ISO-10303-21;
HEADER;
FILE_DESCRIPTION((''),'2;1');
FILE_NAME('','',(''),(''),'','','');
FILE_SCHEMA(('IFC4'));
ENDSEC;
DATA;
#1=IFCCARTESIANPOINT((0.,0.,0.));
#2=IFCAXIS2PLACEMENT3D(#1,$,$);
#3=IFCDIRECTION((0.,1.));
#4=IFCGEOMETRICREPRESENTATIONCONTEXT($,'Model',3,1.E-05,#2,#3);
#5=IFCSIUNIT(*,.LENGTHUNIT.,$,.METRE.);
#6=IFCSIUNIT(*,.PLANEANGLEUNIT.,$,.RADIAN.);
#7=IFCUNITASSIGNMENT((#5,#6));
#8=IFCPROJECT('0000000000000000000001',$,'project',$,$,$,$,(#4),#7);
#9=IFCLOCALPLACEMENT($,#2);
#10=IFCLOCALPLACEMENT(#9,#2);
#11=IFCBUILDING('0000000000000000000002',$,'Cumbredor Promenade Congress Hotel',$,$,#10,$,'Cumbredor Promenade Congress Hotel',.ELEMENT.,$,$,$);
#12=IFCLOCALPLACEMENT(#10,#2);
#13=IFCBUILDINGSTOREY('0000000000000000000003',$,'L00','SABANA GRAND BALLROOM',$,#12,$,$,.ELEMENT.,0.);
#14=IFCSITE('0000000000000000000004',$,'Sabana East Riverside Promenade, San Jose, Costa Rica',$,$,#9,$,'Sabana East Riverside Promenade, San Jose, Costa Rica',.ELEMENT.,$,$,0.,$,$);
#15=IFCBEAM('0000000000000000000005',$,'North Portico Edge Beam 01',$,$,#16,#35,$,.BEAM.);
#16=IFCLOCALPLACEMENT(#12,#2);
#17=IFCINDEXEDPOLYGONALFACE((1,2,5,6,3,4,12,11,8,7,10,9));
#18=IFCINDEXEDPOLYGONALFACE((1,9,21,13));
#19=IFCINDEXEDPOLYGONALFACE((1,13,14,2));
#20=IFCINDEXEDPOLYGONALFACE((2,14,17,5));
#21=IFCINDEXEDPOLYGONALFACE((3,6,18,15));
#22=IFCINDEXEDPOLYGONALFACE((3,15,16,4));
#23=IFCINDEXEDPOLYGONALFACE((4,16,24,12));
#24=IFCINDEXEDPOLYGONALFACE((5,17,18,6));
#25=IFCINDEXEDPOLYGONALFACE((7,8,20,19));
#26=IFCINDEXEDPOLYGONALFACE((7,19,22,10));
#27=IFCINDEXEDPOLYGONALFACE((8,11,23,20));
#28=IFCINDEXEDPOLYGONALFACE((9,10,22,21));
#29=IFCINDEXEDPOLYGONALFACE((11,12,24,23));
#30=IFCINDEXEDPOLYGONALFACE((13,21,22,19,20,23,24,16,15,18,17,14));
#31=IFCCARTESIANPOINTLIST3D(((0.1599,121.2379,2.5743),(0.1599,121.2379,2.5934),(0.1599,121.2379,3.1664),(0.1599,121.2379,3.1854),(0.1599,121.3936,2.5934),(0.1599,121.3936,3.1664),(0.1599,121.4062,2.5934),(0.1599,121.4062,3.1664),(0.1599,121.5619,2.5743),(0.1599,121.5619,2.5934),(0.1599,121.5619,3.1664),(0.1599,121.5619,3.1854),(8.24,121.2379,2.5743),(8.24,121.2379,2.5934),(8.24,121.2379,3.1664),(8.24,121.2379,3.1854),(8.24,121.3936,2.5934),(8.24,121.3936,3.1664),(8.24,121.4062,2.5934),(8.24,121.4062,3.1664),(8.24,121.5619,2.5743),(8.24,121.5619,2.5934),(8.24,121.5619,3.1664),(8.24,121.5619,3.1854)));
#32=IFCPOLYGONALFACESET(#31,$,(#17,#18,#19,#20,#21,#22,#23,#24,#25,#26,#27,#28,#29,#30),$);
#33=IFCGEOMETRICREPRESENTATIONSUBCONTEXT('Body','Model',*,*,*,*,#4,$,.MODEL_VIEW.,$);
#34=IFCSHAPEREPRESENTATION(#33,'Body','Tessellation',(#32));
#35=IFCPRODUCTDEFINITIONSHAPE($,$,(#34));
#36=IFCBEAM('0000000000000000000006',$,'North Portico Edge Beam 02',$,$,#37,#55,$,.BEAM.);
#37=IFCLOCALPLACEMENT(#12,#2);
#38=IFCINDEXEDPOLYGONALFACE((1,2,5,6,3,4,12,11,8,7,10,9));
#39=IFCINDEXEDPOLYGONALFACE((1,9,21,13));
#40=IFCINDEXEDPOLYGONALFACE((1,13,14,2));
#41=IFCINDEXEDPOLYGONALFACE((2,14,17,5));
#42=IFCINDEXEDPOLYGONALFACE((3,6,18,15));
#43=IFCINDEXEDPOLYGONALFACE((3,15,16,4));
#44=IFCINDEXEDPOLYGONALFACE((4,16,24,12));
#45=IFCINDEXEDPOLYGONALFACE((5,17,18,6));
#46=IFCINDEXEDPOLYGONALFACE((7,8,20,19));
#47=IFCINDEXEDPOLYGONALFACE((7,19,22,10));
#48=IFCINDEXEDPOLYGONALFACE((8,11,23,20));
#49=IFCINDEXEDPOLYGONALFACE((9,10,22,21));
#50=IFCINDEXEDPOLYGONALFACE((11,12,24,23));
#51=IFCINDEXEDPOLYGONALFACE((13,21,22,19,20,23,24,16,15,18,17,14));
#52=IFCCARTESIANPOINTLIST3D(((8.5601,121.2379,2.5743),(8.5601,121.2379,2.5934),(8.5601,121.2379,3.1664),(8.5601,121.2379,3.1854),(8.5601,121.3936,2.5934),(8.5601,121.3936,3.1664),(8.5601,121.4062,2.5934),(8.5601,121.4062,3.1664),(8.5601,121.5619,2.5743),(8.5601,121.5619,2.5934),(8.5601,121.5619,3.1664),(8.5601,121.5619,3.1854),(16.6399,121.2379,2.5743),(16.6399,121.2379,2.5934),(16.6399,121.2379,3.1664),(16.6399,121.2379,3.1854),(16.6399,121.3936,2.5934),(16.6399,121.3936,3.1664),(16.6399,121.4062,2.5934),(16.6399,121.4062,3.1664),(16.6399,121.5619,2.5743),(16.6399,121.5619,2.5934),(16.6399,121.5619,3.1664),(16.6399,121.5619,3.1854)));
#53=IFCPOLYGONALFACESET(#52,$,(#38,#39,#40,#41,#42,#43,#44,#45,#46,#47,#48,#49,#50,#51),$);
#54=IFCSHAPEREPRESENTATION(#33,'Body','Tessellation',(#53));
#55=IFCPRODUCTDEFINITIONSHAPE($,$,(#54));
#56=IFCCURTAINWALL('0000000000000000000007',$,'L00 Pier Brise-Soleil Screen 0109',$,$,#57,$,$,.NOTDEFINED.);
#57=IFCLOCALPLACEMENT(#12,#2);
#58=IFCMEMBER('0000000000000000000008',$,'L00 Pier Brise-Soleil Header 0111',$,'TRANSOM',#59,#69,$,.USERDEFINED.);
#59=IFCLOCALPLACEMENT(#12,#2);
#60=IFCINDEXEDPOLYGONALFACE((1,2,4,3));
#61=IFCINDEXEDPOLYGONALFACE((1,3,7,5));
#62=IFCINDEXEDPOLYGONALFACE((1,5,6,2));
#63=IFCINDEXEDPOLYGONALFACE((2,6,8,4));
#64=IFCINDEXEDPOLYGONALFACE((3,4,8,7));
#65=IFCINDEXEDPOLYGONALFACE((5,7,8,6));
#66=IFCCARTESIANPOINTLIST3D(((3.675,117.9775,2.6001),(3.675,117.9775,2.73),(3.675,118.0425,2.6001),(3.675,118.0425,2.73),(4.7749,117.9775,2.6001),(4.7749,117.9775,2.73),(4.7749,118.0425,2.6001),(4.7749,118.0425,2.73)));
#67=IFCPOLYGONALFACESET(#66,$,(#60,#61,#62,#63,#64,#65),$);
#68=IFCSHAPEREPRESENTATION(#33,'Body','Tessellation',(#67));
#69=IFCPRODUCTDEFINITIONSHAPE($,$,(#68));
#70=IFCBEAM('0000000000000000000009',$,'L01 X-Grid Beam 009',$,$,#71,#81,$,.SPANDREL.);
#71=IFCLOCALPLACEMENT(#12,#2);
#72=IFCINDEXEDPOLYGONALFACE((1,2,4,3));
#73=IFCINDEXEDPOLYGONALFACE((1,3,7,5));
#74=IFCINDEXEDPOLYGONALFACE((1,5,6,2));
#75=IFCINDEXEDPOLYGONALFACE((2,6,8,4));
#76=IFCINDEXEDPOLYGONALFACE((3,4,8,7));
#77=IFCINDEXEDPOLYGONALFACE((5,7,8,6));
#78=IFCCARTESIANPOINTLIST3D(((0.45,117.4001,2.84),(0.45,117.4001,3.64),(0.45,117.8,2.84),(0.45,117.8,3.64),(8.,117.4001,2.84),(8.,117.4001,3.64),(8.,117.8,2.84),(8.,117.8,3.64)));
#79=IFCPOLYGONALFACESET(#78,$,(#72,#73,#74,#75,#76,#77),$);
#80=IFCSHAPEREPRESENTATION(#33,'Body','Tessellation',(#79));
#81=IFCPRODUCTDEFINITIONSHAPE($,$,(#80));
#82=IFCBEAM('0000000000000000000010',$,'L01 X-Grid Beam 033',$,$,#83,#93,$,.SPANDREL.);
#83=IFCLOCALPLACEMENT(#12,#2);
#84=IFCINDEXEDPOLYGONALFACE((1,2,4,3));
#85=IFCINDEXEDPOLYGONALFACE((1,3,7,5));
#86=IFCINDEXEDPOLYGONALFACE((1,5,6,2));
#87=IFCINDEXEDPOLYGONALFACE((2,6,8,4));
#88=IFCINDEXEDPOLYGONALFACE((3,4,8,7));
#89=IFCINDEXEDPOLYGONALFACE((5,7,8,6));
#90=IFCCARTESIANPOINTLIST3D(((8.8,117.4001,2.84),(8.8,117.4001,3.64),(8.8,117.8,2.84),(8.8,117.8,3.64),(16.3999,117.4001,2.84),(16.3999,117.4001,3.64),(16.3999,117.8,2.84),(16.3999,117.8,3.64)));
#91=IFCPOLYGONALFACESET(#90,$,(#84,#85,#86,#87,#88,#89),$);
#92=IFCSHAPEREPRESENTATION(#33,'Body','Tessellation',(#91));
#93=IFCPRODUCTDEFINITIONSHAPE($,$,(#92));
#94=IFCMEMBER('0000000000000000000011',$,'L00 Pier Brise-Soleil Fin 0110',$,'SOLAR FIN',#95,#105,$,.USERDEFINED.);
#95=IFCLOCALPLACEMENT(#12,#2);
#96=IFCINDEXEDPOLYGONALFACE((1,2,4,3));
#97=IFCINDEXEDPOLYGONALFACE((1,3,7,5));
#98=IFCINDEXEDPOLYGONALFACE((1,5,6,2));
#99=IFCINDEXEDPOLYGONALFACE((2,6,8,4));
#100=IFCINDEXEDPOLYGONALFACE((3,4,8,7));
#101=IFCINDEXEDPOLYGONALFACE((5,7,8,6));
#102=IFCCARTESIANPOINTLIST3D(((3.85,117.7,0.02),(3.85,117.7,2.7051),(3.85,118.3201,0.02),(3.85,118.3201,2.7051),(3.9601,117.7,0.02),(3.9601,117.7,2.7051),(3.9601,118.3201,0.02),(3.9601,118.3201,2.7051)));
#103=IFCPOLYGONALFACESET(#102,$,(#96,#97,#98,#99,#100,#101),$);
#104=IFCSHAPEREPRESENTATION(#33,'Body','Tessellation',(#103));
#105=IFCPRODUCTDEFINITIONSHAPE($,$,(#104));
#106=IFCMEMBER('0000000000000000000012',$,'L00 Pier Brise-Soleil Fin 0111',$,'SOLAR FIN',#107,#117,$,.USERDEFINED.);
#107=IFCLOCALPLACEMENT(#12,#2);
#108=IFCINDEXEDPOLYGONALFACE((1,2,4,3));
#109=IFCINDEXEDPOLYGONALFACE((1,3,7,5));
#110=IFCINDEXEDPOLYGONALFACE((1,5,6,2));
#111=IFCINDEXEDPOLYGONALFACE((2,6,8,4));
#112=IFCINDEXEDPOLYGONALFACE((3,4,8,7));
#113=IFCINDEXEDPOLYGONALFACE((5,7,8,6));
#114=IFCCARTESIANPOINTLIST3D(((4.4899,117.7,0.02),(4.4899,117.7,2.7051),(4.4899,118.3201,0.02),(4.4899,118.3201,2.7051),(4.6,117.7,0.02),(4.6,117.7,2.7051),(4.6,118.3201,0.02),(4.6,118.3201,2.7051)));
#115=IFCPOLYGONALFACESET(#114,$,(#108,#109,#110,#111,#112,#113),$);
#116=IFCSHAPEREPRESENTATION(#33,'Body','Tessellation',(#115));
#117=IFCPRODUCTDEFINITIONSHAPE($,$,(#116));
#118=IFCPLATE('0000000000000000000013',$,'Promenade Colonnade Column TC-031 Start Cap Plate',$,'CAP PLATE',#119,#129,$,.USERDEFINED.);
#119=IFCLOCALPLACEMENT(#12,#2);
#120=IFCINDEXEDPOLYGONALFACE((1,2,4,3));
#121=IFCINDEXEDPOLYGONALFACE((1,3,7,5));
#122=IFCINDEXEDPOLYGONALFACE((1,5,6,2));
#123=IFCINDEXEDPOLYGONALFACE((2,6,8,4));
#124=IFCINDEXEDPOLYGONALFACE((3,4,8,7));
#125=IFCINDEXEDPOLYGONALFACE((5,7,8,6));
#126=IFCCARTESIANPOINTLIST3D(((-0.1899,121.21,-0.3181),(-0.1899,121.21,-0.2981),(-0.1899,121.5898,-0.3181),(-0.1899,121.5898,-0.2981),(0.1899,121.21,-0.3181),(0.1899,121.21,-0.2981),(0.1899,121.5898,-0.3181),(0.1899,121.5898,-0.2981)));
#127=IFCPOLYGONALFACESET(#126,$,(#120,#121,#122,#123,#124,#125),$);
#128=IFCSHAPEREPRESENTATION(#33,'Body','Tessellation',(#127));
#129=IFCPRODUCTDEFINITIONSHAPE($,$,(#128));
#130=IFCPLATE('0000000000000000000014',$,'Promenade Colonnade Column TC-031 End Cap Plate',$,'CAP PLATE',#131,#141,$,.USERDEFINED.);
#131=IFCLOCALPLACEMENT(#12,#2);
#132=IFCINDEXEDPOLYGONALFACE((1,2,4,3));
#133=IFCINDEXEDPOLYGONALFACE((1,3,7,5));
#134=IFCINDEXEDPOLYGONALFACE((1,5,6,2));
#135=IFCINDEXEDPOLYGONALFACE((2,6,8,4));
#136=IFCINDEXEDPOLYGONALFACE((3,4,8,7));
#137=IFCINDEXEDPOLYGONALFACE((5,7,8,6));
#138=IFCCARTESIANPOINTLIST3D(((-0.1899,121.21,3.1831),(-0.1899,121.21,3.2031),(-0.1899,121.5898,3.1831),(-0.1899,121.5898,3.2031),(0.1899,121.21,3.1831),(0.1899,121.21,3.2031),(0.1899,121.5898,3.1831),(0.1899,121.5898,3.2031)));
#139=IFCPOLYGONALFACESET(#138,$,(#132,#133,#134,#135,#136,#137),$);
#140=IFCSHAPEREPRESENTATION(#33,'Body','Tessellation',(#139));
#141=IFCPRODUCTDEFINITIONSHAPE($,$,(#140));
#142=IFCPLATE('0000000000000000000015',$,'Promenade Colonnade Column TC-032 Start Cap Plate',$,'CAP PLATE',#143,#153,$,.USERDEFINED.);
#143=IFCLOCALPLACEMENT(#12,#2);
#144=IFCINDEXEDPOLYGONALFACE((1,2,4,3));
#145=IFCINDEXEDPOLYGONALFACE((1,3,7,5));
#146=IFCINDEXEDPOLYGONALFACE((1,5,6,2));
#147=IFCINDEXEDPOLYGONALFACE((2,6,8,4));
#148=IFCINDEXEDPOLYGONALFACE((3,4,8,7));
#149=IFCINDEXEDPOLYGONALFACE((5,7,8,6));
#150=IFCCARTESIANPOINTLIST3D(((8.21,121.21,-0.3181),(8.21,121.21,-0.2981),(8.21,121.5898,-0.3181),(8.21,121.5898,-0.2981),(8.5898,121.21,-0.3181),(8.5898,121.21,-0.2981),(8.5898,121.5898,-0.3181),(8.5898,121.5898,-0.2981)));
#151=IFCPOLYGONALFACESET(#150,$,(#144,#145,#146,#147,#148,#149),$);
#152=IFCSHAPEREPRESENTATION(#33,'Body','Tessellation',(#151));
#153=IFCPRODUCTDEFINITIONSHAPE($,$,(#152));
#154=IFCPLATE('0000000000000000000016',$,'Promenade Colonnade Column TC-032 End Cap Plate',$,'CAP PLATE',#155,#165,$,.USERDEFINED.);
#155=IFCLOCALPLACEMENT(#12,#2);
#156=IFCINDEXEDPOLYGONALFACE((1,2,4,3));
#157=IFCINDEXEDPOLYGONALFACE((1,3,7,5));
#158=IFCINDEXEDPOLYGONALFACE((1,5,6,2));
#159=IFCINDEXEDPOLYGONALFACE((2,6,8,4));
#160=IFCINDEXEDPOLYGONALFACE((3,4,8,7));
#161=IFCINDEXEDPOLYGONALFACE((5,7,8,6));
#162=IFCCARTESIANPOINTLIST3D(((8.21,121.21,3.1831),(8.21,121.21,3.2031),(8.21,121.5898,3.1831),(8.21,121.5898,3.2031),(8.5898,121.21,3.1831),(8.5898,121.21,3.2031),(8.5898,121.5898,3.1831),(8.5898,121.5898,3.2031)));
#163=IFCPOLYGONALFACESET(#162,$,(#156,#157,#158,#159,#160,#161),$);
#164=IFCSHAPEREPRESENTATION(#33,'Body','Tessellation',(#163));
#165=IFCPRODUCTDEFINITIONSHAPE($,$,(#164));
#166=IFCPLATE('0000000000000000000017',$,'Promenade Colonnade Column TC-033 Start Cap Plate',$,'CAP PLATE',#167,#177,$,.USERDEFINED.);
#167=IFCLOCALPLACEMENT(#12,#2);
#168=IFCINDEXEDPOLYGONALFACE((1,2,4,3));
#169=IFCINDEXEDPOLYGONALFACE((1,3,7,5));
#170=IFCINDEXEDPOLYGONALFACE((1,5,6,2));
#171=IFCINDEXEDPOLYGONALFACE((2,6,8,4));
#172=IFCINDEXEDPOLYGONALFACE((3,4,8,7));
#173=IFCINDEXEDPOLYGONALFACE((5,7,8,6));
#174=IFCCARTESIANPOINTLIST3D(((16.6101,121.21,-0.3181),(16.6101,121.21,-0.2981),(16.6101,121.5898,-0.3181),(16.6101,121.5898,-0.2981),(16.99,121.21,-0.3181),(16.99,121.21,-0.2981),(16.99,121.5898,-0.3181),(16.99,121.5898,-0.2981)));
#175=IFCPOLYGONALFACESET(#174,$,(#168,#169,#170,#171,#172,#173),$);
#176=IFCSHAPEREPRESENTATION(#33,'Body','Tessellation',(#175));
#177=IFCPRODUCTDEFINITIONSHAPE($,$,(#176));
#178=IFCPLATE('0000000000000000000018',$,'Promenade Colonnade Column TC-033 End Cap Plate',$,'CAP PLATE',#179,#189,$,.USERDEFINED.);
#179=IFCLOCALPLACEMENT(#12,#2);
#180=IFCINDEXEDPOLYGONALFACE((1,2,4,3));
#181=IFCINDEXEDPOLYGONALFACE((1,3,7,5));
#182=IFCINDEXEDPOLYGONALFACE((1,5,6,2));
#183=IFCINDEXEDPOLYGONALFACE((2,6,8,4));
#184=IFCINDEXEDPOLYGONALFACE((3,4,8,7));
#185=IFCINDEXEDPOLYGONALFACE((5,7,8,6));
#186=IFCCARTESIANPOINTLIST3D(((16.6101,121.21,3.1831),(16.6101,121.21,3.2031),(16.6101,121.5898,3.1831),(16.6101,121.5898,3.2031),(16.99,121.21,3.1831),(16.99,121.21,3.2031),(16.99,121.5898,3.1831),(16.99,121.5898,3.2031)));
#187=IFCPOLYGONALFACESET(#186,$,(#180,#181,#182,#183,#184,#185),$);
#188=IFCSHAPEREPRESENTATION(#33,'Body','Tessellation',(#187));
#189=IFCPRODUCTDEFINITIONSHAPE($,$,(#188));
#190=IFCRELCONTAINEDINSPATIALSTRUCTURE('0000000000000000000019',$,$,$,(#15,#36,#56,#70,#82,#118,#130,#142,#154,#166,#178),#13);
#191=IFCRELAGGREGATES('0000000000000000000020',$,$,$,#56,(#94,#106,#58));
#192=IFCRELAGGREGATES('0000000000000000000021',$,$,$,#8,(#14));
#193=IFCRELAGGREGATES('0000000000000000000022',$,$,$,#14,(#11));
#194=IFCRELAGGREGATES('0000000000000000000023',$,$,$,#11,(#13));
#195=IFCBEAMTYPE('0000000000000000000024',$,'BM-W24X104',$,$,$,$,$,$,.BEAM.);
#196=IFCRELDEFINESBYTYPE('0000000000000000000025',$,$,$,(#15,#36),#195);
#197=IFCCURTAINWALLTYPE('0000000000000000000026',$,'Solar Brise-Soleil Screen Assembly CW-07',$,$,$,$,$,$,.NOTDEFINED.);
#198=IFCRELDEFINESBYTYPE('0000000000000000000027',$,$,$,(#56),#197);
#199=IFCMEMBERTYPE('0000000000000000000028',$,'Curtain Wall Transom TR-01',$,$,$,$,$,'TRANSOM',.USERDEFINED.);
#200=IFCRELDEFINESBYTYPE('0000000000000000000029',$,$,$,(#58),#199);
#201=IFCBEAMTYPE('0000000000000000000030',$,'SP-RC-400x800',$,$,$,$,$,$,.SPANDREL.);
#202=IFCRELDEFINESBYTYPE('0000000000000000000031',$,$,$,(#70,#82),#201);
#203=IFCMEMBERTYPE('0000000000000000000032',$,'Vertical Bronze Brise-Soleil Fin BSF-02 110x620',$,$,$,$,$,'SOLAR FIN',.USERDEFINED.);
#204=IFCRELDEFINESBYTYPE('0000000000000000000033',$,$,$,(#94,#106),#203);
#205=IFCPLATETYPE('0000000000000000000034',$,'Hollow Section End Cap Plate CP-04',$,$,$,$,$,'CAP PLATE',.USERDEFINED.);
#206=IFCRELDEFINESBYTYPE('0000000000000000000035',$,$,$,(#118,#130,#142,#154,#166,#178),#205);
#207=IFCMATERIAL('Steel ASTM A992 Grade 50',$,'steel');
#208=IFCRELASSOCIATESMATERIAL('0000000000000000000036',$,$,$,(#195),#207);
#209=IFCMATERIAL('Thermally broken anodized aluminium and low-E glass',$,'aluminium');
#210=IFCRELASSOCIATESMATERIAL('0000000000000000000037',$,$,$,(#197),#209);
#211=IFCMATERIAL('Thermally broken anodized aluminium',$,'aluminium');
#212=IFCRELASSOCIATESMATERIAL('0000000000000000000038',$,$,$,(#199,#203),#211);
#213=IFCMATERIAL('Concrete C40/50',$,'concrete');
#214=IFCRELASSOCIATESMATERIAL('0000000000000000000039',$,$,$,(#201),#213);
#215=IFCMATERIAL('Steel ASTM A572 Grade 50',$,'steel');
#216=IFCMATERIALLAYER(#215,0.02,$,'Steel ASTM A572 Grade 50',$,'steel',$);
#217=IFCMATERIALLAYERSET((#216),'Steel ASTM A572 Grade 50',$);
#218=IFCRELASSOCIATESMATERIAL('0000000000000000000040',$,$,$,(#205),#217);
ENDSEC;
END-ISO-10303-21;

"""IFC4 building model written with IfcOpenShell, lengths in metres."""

from ifc_helpers import new_model, si_unit, direction, frame, origin, origin_2d, place, context, subcontext, project, spatial, rectangle, i_section, extrude, material, layer, layer_set, material_profile, profile_set, type_object, element, aggregate, save


model = new_model("IFC4")

# Units and contexts
model_context = context("Model", 3, precision=1e-05, world=origin(), true_north=direction((0.0, 1.0)))
body_context = subcontext(model_context, "Body", "Model", "MODEL_VIEW")
ifc_project = project(units=[si_unit("LENGTHUNIT", "METRE"), si_unit("PLANEANGLEUNIT", "RADIAN")], contexts=[model_context])

# Site, building, storey
site_placement = place(None, origin())
site = spatial("IfcSite", under=ifc_project, at=site_placement, Name="Sabana East Riverside Promenade, San Jose, Costa Rica", LongName="Sabana East Riverside Promenade, San Jose, Costa Rica", CompositionType="ELEMENT", RefElevation=0.0)
building_placement = place(site_placement, origin())
building = spatial("IfcBuilding", under=site, at=building_placement, Name="Cumbredor Promenade Congress Hotel", LongName="Cumbredor Promenade Congress Hotel", CompositionType="ELEMENT")
storey_placement = place(building_placement, origin())
storey = spatial("IfcBuildingStorey", under=building, at=storey_placement, Name="L00", Description="SABANA GRAND BALLROOM", CompositionType="ELEMENT", Elevation=0.0)

# Beams
ifc_material_1 = material(Name="Steel ASTM A992 Grade 50", Category="steel")
ifc_material_profile_1 = material_profile(ifc_material_1, i_section(OverallWidth=0.324, OverallDepth=0.6111, WebThickness=0.0127, FlangeThickness=0.019, at=origin_2d()), Name="W24X104")
ifc_profile_set_1 = profile_set([ifc_material_profile_1], Name="Steel ASTM A992 Grade 50")
beam_type_1 = type_object("IfcBeamType", Name="BM-W24X104", PredefinedType="BEAM", material=ifc_profile_set_1)
beam_1_placement = place(storey_placement, frame((0.1599, 121.3999, 2.8799), z_axis=(1.0, 0.0, 0.0), x_axis=(0.0, 1.0, 0.0)))
element("IfcBeam", 1, at=beam_1_placement, inside=storey, type_object=beam_type_1, Name="North Portico Edge Beam 01", PredefinedType="BEAM", context=body_context, shape_type="SweptSolid", body=[
    extrude(i_section(OverallWidth=0.324, OverallDepth=0.6111, WebThickness=0.0127, FlangeThickness=0.019, at=origin_2d()), origin(), (0.0, 0.0, 1.0), 8.0801),
])
beam_2_placement = place(storey_placement, frame((8.5601, 121.3999, 2.8799), z_axis=(1.0, 0.0, 0.0), x_axis=(0.0, 1.0, 0.0)))
element("IfcBeam", 2, at=beam_2_placement, inside=storey, type_object=beam_type_1, Name="North Portico Edge Beam 02", PredefinedType="BEAM", context=body_context, shape_type="SweptSolid", body=[
    extrude(i_section(OverallWidth=0.324, OverallDepth=0.6111, WebThickness=0.0127, FlangeThickness=0.019, at=origin_2d()), origin(), (0.0, 0.0, 1.0), 8.0798),
])

# Curtain wall, member
ifc_material_2 = material(Name="Thermally broken anodized aluminium and low-E glass", Category="aluminium")
curtain_wall_type = type_object("IfcCurtainWallType", Name="Solar Brise-Soleil Screen Assembly CW-07", PredefinedType="NOTDEFINED", material=ifc_material_2)
curtain_wall_placement = place(storey_placement, origin())
curtain_wall = element("IfcCurtainWall", 3, at=curtain_wall_placement, inside=storey, type_object=curtain_wall_type, Name="L00 Pier Brise-Soleil Screen 0109", PredefinedType="NOTDEFINED")
ifc_material_3 = material(Name="Thermally broken anodized aluminium", Category="aluminium")
ifc_material_profile_2 = material_profile(ifc_material_3, rectangle(XDim=0.0649, YDim=0.1299, at=origin_2d()), Name="ALU TRANSOM 65x130")
ifc_profile_set_2 = profile_set([ifc_material_profile_2], Name="Thermally broken anodized aluminium")
member_type_1 = type_object("IfcMemberType", Name="Curtain Wall Transom TR-01", ElementType="TRANSOM", PredefinedType="USERDEFINED", material=ifc_profile_set_2)
member_1_placement = place(storey_placement, frame((3.675, 118.01, 2.665), z_axis=(1.0, 0.0, 0.0), x_axis=(0.0, 1.0, 0.0)))
member_1 = element("IfcMember", 4, at=member_1_placement, type_object=member_type_1, Name="L00 Pier Brise-Soleil Header 0111", ObjectType="TRANSOM", PredefinedType="USERDEFINED", context=body_context, shape_type="SweptSolid", body=[
    extrude(rectangle(XDim=0.0649, YDim=0.1299, at=origin_2d()), origin(), (0.0, 0.0, 1.0), 1.0999),
])

# Beams
ifc_material_4 = material(Name="Concrete C40/50", Category="concrete")
ifc_material_profile_3 = material_profile(ifc_material_4, rectangle(XDim=0.3999, YDim=0.8, at=origin_2d()), Name="RC SPANDREL 400x800")
ifc_profile_set_3 = profile_set([ifc_material_profile_3], Name="Concrete C40/50")
beam_type_2 = type_object("IfcBeamType", Name="SP-RC-400x800", PredefinedType="SPANDREL", material=ifc_profile_set_3)
beam_3_placement = place(storey_placement, frame((0.45, 117.6001, 3.24), z_axis=(1.0, 0.0, 0.0), x_axis=(0.0, 1.0, 0.0)))
element("IfcBeam", 5, at=beam_3_placement, inside=storey, type_object=beam_type_2, Name="L01 X-Grid Beam 009", PredefinedType="SPANDREL", context=body_context, shape_type="SweptSolid", body=[
    extrude(rectangle(XDim=0.3999, YDim=0.8, at=origin_2d()), origin(), (0.0, 0.0, 1.0), 7.55),
])
beam_4_placement = place(storey_placement, frame((8.8, 117.6001, 3.24), z_axis=(1.0, 0.0, 0.0), x_axis=(0.0, 1.0, 0.0)))
element("IfcBeam", 6, at=beam_4_placement, inside=storey, type_object=beam_type_2, Name="L01 X-Grid Beam 033", PredefinedType="SPANDREL", context=body_context, shape_type="SweptSolid", body=[
    extrude(rectangle(XDim=0.3999, YDim=0.8, at=origin_2d()), origin(), (0.0, 0.0, 1.0), 7.5999),
])

# Members
ifc_material_profile_4 = material_profile(ifc_material_3, rectangle(XDim=0.1101, YDim=0.6201, at=origin_2d()), Name="ARCH FIN 110x620")
ifc_profile_set_4 = profile_set([ifc_material_profile_4], Name="Thermally broken anodized aluminium")
member_type_2 = type_object("IfcMemberType", Name="Vertical Bronze Brise-Soleil Fin BSF-02 110x620", ElementType="SOLAR FIN", PredefinedType="USERDEFINED", material=ifc_profile_set_4)
member_2_placement = place(storey_placement, frame((3.905, 118.01, 0.02), z_axis=(0.0, 0.0, 1.0), x_axis=(1.0, 0.0, 0.0)))
member_2 = element("IfcMember", 7, at=member_2_placement, type_object=member_type_2, Name="L00 Pier Brise-Soleil Fin 0110", ObjectType="SOLAR FIN", PredefinedType="USERDEFINED", context=body_context, shape_type="SweptSolid", body=[
    extrude(rectangle(XDim=0.1101, YDim=0.6201, at=origin_2d()), origin(), (0.0, 0.0, 1.0), 2.6851),
])
member_3_placement = place(storey_placement, frame((4.5449, 118.01, 0.02), z_axis=(0.0, 0.0, 1.0), x_axis=(1.0, 0.0, 0.0)))
member_3 = element("IfcMember", 8, at=member_3_placement, type_object=member_type_2, Name="L00 Pier Brise-Soleil Fin 0111", ObjectType="SOLAR FIN", PredefinedType="USERDEFINED", context=body_context, shape_type="SweptSolid", body=[
    extrude(rectangle(XDim=0.1101, YDim=0.6201, at=origin_2d()), origin(), (0.0, 0.0, 1.0), 2.6851),
])
aggregate(curtain_wall, [member_2, member_3, member_1])

# Plates
ifc_material_5 = material(Name="Steel ASTM A572 Grade 50", Category="steel")
ifc_layer_1 = layer(ifc_material_5, 0.02, Name="Steel ASTM A572 Grade 50", Category="steel")
ifc_layer_set_1 = layer_set([ifc_layer_1], Name="Steel ASTM A572 Grade 50")
plate_type = type_object("IfcPlateType", Name="Hollow Section End Cap Plate CP-04", ElementType="CAP PLATE", PredefinedType="USERDEFINED", material=ifc_layer_set_1)
for number, where, z_axis, x_axis, name in (
    (9, (0.0, 121.3999, -0.3181), (0.0, 0.0, 1.0), (1.0, 0.0, 0.0), "Promenade Colonnade Column TC-031 Start Cap Plate"),
    (10, (0.0, 121.3999, 3.1831), (0.0, 0.0, 1.0), (1.0, 0.0, 0.0), "Promenade Colonnade Column TC-031 End Cap Plate"),
    (11, (8.3999, 121.3999, -0.3181), (0.0, 0.0, 1.0), (1.0, 0.0, 0.0), "Promenade Colonnade Column TC-032 Start Cap Plate"),
    (12, (8.3999, 121.3999, 3.1831), (0.0, 0.0, 1.0), (1.0, 0.0, 0.0), "Promenade Colonnade Column TC-032 End Cap Plate"),
    (13, (16.8, 121.3999, -0.3181), (0.0, 0.0, 1.0), (1.0, 0.0, 0.0), "Promenade Colonnade Column TC-033 Start Cap Plate"),
    (14, (16.8, 121.3999, 3.1831), (0.0, 0.0, 1.0), (1.0, 0.0, 0.0), "Promenade Colonnade Column TC-033 End Cap Plate"),
):
    element("IfcPlate", number, at=place(storey_placement, frame(where, z_axis=z_axis, x_axis=x_axis)), inside=storey, type_object=plate_type, Name=name, ObjectType="CAP PLATE", PredefinedType="USERDEFINED", context=body_context, shape_type="SweptSolid", body=[
        extrude(rectangle(XDim=0.3799, YDim=0.3799, at=origin_2d()), origin(), (0.0, 0.0, 1.0), 0.02),
    ])

save(model, "model.ifc")
